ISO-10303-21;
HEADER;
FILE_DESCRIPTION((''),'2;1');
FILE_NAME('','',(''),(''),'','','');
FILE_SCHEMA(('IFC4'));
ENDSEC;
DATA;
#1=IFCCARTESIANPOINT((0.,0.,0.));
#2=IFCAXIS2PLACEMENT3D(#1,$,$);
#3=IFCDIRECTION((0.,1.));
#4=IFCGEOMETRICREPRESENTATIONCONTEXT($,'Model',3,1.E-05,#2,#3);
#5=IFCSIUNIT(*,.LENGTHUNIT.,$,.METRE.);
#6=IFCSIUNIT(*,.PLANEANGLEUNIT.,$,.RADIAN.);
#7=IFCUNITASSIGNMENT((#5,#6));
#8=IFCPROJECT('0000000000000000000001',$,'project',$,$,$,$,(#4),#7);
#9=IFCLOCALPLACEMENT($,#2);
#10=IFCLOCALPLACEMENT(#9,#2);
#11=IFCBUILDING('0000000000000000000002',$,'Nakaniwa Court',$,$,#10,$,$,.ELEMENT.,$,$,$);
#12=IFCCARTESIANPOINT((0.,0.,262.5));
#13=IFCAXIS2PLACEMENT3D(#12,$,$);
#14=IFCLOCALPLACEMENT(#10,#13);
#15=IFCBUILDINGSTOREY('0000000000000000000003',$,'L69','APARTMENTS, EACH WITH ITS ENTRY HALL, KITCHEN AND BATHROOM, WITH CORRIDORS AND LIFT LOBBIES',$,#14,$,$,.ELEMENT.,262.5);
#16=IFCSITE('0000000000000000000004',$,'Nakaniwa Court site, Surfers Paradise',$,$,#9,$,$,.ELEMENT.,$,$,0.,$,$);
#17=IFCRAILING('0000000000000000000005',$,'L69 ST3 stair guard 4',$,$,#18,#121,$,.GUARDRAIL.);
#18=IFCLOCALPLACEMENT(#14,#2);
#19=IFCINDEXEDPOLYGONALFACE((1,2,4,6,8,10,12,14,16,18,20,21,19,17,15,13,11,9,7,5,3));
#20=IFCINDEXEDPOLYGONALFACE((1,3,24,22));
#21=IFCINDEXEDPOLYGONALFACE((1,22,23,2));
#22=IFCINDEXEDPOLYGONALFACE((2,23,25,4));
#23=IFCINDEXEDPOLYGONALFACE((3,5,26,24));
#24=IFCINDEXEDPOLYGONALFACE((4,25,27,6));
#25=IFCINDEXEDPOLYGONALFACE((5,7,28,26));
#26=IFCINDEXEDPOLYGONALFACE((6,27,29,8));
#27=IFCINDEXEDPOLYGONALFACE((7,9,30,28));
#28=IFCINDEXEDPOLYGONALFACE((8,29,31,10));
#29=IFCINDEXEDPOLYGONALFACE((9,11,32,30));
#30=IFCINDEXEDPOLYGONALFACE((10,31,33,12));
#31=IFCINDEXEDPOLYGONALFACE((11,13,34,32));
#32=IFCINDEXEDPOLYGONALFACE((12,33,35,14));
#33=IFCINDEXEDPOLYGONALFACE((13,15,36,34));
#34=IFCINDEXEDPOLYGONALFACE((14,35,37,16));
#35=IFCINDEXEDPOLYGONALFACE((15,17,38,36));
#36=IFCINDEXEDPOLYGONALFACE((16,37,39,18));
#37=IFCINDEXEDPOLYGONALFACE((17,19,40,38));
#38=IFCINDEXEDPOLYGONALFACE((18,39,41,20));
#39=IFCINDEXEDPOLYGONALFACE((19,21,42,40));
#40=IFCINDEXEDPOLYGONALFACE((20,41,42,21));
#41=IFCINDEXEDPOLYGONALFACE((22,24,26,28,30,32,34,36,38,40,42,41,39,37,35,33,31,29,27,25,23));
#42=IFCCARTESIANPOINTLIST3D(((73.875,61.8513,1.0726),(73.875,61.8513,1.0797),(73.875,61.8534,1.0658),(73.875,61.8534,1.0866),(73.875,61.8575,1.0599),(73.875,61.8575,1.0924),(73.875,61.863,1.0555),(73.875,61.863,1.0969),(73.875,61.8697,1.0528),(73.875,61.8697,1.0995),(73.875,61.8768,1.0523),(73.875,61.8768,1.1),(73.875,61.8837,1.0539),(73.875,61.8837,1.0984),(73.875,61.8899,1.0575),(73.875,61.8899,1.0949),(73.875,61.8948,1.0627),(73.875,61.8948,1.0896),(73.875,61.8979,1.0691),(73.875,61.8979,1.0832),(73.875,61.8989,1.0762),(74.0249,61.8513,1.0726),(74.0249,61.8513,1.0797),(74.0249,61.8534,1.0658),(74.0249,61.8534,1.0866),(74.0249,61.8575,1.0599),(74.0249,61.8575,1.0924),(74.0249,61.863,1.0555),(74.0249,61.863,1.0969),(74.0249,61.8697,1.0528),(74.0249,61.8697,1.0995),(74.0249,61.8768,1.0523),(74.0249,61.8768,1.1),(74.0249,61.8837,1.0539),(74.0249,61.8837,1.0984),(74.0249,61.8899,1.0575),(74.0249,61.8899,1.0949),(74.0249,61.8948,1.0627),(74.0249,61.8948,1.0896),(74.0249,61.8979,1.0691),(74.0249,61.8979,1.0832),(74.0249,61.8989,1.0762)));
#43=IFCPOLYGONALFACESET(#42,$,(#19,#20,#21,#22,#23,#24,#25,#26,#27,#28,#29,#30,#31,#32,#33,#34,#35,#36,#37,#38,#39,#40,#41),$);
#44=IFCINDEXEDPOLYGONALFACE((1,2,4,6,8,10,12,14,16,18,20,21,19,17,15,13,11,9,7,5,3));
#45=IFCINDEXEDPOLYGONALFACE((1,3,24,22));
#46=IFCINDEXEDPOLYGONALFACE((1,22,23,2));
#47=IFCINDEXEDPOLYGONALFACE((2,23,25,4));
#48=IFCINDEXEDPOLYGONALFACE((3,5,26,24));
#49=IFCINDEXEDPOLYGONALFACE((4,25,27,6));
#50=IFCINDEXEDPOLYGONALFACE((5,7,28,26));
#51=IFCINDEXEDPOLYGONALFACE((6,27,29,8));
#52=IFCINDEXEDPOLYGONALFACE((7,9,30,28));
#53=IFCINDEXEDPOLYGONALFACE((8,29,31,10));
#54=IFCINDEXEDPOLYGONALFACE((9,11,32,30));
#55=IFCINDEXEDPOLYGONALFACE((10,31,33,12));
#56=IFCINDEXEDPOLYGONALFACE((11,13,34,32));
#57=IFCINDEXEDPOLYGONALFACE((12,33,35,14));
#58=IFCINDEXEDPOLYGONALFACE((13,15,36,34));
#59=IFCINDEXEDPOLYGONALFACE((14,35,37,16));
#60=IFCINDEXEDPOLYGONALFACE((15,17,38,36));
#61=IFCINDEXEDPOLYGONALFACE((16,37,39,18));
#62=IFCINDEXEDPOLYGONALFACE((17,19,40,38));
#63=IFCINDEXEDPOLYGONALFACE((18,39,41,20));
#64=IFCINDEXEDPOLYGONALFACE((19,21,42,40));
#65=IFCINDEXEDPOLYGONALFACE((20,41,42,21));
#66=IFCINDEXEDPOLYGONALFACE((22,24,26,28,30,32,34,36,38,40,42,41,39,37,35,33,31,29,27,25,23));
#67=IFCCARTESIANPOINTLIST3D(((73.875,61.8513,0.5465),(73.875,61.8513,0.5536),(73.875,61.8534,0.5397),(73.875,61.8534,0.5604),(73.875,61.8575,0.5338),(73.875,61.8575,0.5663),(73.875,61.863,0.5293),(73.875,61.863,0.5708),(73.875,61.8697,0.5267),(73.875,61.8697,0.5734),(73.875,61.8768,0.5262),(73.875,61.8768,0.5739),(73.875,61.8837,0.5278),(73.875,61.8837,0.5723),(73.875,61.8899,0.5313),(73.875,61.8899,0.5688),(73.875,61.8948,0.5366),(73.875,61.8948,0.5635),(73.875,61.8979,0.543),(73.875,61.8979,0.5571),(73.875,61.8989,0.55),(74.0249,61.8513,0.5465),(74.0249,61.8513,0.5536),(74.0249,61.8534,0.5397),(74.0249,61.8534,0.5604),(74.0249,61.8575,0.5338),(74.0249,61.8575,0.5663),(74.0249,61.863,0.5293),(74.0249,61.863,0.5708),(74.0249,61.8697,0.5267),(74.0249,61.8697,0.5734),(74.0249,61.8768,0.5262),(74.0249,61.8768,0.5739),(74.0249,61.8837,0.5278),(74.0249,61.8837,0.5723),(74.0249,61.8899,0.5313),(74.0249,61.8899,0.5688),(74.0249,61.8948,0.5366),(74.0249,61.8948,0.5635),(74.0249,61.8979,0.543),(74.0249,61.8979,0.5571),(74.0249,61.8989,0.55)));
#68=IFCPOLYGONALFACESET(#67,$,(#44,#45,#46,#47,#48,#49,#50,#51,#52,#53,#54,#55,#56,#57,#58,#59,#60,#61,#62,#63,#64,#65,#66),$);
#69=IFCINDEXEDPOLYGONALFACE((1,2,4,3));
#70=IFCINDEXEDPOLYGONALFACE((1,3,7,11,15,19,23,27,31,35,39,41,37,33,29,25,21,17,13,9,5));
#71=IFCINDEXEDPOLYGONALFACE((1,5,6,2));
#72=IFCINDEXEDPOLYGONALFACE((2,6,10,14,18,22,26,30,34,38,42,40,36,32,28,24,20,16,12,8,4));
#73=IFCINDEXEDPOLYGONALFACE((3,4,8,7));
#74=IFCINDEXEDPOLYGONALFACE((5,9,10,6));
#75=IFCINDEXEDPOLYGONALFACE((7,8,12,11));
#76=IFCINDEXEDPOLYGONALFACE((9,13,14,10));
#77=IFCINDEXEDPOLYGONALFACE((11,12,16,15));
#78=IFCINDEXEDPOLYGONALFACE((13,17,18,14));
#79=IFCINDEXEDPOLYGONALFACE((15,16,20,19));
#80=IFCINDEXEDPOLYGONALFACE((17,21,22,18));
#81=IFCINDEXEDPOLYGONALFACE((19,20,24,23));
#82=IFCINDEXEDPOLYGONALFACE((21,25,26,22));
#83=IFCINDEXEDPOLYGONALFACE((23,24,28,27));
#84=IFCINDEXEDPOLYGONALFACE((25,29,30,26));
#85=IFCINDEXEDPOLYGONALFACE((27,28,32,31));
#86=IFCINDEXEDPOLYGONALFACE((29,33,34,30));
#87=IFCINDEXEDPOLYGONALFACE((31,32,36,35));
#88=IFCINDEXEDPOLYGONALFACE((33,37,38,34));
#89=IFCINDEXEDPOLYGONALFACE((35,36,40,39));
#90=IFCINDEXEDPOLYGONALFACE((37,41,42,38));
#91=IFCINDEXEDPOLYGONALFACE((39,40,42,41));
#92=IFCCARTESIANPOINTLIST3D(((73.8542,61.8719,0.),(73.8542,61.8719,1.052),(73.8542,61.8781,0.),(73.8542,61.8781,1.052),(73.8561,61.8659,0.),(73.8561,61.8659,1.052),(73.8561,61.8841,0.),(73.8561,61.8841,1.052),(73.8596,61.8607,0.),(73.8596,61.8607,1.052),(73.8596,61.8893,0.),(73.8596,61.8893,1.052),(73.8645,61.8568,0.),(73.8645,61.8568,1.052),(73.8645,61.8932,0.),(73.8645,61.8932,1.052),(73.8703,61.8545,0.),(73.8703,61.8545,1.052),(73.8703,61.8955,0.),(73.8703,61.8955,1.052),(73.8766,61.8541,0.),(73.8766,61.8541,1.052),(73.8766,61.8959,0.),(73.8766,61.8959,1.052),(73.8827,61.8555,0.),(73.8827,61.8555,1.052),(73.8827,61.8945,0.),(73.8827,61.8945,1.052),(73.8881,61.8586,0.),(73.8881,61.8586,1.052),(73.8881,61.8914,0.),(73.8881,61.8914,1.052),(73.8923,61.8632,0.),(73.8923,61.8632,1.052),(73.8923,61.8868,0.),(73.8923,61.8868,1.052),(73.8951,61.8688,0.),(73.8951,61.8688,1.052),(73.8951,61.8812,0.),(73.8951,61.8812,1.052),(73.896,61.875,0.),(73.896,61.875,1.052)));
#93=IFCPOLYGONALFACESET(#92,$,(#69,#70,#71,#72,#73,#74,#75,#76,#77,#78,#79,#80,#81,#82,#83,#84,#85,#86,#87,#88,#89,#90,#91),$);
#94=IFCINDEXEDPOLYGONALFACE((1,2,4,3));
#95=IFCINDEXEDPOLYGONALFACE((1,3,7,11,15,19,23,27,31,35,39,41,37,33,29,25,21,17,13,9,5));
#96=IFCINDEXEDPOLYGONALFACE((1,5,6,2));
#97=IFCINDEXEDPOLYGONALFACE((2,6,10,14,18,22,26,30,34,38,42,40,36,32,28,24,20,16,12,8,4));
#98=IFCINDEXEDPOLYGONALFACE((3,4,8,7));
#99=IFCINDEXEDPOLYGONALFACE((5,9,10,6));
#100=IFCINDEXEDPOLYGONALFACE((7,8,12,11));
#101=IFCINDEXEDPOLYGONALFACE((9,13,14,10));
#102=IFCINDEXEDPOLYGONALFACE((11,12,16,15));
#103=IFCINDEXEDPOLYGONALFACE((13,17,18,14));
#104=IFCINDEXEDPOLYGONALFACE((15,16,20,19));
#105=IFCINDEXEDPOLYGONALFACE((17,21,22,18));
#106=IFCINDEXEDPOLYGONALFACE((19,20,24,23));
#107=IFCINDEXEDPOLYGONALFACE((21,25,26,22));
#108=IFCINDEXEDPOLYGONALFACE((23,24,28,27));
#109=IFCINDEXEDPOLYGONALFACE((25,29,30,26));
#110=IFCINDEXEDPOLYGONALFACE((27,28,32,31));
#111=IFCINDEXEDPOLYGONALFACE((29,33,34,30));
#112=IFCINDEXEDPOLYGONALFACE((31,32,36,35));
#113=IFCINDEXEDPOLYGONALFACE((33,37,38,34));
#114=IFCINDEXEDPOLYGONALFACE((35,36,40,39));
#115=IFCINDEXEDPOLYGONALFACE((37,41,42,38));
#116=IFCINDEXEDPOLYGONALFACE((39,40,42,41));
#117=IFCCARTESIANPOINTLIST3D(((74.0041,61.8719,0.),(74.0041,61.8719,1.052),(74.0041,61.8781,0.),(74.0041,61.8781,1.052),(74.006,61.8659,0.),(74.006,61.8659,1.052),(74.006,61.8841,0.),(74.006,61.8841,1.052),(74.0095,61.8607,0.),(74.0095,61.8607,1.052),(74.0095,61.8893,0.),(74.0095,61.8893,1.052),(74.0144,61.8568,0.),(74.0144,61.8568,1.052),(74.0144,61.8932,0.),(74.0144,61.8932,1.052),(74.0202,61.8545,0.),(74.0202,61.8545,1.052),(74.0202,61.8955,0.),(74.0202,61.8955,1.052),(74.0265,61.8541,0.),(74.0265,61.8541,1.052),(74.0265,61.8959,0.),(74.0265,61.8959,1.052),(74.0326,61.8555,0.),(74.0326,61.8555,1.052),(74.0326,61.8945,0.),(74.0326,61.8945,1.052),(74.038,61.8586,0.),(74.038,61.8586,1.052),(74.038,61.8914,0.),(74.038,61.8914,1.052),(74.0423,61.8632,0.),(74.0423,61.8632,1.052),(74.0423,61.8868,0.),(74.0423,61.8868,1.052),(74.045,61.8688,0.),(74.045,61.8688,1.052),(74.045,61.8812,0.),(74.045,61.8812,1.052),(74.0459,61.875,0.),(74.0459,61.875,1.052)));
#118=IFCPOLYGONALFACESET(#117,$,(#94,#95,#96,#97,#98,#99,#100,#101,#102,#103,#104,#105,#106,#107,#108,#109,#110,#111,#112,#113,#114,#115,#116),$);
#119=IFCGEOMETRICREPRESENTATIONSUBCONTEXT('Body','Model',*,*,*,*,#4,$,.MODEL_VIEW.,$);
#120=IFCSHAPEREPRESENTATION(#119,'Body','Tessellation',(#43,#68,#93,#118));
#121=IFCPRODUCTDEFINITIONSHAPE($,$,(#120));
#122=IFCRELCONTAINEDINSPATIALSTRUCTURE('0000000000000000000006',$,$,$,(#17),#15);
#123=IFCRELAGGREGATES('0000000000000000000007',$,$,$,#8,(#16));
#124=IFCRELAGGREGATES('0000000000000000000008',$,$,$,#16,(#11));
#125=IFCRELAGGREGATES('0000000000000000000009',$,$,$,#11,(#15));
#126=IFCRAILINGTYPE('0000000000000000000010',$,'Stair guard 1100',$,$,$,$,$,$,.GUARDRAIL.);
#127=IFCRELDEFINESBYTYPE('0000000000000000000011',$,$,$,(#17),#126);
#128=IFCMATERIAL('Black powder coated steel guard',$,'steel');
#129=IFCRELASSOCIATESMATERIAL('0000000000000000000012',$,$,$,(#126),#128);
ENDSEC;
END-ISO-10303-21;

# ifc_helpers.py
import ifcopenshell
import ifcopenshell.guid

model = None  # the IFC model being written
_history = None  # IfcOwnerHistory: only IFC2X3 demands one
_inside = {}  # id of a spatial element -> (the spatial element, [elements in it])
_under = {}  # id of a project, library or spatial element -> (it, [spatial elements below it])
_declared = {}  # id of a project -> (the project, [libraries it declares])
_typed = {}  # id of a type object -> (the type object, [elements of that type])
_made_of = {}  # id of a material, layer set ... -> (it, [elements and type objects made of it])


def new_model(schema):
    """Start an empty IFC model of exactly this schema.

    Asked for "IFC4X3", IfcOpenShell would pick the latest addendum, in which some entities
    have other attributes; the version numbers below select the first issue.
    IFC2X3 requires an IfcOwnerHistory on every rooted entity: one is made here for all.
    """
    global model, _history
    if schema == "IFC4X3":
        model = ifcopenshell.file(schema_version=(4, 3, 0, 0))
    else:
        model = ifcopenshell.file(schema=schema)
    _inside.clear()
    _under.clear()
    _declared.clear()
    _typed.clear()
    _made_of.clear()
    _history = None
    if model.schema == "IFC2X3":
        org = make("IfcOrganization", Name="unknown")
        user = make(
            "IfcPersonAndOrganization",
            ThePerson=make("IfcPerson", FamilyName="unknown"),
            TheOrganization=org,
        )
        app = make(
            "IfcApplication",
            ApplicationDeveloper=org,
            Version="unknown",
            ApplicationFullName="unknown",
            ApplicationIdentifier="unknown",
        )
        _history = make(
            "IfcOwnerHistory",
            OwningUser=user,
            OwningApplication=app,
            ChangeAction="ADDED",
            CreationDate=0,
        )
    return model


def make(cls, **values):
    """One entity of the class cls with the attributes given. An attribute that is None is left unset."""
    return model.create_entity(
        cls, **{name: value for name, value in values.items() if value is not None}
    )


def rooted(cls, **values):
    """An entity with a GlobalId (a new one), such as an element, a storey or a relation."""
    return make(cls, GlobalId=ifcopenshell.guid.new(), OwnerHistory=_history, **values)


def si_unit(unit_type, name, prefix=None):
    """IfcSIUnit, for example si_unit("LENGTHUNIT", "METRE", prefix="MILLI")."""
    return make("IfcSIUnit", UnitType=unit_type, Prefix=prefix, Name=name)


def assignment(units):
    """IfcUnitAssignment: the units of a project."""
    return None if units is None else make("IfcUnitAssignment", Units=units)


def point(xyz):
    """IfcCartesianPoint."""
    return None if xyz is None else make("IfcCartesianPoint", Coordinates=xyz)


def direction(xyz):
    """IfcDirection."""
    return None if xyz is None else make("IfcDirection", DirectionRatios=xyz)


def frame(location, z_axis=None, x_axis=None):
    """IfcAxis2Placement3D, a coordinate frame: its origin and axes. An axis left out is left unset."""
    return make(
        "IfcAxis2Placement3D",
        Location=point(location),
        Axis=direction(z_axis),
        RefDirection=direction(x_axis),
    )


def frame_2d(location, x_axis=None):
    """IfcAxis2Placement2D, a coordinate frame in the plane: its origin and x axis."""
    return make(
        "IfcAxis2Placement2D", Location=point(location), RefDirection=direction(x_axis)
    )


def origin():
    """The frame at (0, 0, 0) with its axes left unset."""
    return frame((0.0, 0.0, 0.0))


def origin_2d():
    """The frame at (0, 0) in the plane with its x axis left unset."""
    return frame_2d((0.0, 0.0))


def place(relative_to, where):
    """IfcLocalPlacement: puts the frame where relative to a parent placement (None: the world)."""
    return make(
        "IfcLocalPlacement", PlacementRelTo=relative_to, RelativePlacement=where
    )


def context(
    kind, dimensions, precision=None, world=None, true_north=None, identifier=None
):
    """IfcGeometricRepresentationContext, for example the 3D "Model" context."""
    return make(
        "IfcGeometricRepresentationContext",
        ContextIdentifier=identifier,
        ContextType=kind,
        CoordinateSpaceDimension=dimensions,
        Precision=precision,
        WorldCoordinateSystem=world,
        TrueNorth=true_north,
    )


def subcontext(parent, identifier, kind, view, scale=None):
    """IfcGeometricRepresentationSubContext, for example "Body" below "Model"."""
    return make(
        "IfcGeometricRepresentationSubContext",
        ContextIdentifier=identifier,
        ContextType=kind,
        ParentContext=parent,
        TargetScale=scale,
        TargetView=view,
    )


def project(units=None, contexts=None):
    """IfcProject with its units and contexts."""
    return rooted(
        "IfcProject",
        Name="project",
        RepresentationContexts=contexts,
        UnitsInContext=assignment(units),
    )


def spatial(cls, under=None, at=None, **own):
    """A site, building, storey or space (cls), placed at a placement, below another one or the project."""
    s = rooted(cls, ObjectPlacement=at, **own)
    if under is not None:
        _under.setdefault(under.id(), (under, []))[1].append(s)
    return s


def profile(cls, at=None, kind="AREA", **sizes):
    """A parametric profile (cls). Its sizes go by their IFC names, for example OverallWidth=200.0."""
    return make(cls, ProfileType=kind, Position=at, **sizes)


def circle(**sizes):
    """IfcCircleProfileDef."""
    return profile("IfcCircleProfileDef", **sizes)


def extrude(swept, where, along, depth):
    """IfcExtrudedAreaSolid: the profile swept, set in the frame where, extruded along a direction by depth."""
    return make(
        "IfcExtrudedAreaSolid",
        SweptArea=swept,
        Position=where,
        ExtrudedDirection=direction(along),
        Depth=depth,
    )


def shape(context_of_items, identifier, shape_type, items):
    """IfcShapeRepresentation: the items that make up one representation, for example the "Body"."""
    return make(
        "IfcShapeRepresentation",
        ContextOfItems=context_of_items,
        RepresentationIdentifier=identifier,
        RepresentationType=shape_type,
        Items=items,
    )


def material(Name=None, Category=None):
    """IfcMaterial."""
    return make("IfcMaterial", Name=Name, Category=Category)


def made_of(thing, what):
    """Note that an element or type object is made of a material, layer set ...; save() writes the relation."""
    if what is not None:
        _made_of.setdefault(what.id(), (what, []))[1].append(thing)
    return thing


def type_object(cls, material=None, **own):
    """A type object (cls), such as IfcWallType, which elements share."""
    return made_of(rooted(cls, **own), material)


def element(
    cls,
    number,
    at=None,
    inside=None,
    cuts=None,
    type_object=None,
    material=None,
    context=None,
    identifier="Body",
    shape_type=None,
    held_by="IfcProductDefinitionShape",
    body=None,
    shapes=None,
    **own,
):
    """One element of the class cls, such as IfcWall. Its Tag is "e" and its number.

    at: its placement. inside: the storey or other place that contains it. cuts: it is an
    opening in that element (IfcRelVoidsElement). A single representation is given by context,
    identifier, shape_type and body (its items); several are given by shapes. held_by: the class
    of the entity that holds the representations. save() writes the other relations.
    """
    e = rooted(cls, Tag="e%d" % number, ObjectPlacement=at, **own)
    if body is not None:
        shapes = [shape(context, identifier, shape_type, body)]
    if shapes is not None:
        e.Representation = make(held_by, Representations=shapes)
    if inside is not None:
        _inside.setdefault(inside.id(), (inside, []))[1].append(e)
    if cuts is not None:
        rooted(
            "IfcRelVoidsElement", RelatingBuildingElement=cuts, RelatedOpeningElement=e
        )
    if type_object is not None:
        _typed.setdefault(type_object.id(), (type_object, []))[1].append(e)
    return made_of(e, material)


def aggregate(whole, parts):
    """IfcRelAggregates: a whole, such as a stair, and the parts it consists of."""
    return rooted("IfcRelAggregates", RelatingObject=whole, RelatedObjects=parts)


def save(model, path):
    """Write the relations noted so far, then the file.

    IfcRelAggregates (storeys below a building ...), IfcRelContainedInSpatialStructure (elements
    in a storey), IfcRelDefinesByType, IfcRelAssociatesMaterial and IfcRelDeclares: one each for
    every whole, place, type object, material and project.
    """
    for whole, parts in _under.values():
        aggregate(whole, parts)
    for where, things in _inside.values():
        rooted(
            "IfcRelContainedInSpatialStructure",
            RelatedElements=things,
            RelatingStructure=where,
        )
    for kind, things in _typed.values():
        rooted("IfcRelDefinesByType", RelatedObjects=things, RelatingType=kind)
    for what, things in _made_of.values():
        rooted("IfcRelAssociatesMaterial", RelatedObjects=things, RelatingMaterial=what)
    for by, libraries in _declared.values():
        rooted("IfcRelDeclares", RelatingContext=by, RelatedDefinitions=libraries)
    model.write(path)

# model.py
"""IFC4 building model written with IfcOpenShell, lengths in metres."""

from ifc_helpers import new_model, si_unit, direction, frame, origin, origin_2d, place, context, subcontext, project, spatial, circle, extrude, material, type_object, element, save


model = new_model("IFC4")

# Units and contexts
model_context = context("Model", 3, precision=1e-05, world=origin(), true_north=direction((0.0, 1.0)))
body_context = subcontext(model_context, "Body", "Model", "MODEL_VIEW")
ifc_project = project(units=[si_unit("LENGTHUNIT", "METRE"), si_unit("PLANEANGLEUNIT", "RADIAN")], contexts=[model_context])

# Site, building, storey
site_placement = place(None, origin())
site = spatial("IfcSite", under=ifc_project, at=site_placement, Name="Nakaniwa Court site, Surfers Paradise", CompositionType="ELEMENT", RefElevation=0.0)
building_placement = place(site_placement, origin())
building = spatial("IfcBuilding", under=site, at=building_placement, Name="Nakaniwa Court", CompositionType="ELEMENT")
storey_placement = place(building_placement, frame((0.0, 0.0, 262.5)))
storey = spatial("IfcBuildingStorey", under=building, at=storey_placement, Name="L69", Description="APARTMENTS, EACH WITH ITS ENTRY HALL, KITCHEN AND BATHROOM, WITH CORRIDORS AND LIFT LOBBIES", CompositionType="ELEMENT", Elevation=262.5)

# Railing
ifc_material_1 = material(Name="Black powder coated steel guard", Category="steel")
railing_type_1 = type_object("IfcRailingType", Name="Stair guard 1100", PredefinedType="GUARDRAIL", material=ifc_material_1)
railing_1_placement = place(storey_placement, frame((73.875, 61.875, 0.0)))
element("IfcRailing", 1, at=railing_1_placement, inside=storey, type_object=railing_type_1, Name="L69 ST3 stair guard 4", PredefinedType="GUARDRAIL", context=body_context, shape_type="SweptSolid", body=[
    extrude(circle(Radius=0.0239, at=origin_2d()), frame((0.0, 0.0, 1.0762), z_axis=(1.0, 0.0, 0.0), x_axis=(0.0, 1.0, 0.0)), (0.0, 0.0, 1.0), 0.1499),
    extrude(circle(Radius=0.0239, at=origin_2d()), frame((0.0, 0.0, 0.55), z_axis=(1.0, 0.0, 0.0), x_axis=(0.0, 1.0, 0.0)), (0.0, 0.0, 1.0), 0.1499),
    extrude(circle(Radius=0.021, at=origin_2d()), origin(), (0.0, 0.0, 1.0), 1.052),
    extrude(circle(Radius=0.021, at=origin_2d()), frame((0.1499, 0.0, 0.0)), (0.0, 0.0, 1.0), 1.052),
])

save(model, "model.ifc")
